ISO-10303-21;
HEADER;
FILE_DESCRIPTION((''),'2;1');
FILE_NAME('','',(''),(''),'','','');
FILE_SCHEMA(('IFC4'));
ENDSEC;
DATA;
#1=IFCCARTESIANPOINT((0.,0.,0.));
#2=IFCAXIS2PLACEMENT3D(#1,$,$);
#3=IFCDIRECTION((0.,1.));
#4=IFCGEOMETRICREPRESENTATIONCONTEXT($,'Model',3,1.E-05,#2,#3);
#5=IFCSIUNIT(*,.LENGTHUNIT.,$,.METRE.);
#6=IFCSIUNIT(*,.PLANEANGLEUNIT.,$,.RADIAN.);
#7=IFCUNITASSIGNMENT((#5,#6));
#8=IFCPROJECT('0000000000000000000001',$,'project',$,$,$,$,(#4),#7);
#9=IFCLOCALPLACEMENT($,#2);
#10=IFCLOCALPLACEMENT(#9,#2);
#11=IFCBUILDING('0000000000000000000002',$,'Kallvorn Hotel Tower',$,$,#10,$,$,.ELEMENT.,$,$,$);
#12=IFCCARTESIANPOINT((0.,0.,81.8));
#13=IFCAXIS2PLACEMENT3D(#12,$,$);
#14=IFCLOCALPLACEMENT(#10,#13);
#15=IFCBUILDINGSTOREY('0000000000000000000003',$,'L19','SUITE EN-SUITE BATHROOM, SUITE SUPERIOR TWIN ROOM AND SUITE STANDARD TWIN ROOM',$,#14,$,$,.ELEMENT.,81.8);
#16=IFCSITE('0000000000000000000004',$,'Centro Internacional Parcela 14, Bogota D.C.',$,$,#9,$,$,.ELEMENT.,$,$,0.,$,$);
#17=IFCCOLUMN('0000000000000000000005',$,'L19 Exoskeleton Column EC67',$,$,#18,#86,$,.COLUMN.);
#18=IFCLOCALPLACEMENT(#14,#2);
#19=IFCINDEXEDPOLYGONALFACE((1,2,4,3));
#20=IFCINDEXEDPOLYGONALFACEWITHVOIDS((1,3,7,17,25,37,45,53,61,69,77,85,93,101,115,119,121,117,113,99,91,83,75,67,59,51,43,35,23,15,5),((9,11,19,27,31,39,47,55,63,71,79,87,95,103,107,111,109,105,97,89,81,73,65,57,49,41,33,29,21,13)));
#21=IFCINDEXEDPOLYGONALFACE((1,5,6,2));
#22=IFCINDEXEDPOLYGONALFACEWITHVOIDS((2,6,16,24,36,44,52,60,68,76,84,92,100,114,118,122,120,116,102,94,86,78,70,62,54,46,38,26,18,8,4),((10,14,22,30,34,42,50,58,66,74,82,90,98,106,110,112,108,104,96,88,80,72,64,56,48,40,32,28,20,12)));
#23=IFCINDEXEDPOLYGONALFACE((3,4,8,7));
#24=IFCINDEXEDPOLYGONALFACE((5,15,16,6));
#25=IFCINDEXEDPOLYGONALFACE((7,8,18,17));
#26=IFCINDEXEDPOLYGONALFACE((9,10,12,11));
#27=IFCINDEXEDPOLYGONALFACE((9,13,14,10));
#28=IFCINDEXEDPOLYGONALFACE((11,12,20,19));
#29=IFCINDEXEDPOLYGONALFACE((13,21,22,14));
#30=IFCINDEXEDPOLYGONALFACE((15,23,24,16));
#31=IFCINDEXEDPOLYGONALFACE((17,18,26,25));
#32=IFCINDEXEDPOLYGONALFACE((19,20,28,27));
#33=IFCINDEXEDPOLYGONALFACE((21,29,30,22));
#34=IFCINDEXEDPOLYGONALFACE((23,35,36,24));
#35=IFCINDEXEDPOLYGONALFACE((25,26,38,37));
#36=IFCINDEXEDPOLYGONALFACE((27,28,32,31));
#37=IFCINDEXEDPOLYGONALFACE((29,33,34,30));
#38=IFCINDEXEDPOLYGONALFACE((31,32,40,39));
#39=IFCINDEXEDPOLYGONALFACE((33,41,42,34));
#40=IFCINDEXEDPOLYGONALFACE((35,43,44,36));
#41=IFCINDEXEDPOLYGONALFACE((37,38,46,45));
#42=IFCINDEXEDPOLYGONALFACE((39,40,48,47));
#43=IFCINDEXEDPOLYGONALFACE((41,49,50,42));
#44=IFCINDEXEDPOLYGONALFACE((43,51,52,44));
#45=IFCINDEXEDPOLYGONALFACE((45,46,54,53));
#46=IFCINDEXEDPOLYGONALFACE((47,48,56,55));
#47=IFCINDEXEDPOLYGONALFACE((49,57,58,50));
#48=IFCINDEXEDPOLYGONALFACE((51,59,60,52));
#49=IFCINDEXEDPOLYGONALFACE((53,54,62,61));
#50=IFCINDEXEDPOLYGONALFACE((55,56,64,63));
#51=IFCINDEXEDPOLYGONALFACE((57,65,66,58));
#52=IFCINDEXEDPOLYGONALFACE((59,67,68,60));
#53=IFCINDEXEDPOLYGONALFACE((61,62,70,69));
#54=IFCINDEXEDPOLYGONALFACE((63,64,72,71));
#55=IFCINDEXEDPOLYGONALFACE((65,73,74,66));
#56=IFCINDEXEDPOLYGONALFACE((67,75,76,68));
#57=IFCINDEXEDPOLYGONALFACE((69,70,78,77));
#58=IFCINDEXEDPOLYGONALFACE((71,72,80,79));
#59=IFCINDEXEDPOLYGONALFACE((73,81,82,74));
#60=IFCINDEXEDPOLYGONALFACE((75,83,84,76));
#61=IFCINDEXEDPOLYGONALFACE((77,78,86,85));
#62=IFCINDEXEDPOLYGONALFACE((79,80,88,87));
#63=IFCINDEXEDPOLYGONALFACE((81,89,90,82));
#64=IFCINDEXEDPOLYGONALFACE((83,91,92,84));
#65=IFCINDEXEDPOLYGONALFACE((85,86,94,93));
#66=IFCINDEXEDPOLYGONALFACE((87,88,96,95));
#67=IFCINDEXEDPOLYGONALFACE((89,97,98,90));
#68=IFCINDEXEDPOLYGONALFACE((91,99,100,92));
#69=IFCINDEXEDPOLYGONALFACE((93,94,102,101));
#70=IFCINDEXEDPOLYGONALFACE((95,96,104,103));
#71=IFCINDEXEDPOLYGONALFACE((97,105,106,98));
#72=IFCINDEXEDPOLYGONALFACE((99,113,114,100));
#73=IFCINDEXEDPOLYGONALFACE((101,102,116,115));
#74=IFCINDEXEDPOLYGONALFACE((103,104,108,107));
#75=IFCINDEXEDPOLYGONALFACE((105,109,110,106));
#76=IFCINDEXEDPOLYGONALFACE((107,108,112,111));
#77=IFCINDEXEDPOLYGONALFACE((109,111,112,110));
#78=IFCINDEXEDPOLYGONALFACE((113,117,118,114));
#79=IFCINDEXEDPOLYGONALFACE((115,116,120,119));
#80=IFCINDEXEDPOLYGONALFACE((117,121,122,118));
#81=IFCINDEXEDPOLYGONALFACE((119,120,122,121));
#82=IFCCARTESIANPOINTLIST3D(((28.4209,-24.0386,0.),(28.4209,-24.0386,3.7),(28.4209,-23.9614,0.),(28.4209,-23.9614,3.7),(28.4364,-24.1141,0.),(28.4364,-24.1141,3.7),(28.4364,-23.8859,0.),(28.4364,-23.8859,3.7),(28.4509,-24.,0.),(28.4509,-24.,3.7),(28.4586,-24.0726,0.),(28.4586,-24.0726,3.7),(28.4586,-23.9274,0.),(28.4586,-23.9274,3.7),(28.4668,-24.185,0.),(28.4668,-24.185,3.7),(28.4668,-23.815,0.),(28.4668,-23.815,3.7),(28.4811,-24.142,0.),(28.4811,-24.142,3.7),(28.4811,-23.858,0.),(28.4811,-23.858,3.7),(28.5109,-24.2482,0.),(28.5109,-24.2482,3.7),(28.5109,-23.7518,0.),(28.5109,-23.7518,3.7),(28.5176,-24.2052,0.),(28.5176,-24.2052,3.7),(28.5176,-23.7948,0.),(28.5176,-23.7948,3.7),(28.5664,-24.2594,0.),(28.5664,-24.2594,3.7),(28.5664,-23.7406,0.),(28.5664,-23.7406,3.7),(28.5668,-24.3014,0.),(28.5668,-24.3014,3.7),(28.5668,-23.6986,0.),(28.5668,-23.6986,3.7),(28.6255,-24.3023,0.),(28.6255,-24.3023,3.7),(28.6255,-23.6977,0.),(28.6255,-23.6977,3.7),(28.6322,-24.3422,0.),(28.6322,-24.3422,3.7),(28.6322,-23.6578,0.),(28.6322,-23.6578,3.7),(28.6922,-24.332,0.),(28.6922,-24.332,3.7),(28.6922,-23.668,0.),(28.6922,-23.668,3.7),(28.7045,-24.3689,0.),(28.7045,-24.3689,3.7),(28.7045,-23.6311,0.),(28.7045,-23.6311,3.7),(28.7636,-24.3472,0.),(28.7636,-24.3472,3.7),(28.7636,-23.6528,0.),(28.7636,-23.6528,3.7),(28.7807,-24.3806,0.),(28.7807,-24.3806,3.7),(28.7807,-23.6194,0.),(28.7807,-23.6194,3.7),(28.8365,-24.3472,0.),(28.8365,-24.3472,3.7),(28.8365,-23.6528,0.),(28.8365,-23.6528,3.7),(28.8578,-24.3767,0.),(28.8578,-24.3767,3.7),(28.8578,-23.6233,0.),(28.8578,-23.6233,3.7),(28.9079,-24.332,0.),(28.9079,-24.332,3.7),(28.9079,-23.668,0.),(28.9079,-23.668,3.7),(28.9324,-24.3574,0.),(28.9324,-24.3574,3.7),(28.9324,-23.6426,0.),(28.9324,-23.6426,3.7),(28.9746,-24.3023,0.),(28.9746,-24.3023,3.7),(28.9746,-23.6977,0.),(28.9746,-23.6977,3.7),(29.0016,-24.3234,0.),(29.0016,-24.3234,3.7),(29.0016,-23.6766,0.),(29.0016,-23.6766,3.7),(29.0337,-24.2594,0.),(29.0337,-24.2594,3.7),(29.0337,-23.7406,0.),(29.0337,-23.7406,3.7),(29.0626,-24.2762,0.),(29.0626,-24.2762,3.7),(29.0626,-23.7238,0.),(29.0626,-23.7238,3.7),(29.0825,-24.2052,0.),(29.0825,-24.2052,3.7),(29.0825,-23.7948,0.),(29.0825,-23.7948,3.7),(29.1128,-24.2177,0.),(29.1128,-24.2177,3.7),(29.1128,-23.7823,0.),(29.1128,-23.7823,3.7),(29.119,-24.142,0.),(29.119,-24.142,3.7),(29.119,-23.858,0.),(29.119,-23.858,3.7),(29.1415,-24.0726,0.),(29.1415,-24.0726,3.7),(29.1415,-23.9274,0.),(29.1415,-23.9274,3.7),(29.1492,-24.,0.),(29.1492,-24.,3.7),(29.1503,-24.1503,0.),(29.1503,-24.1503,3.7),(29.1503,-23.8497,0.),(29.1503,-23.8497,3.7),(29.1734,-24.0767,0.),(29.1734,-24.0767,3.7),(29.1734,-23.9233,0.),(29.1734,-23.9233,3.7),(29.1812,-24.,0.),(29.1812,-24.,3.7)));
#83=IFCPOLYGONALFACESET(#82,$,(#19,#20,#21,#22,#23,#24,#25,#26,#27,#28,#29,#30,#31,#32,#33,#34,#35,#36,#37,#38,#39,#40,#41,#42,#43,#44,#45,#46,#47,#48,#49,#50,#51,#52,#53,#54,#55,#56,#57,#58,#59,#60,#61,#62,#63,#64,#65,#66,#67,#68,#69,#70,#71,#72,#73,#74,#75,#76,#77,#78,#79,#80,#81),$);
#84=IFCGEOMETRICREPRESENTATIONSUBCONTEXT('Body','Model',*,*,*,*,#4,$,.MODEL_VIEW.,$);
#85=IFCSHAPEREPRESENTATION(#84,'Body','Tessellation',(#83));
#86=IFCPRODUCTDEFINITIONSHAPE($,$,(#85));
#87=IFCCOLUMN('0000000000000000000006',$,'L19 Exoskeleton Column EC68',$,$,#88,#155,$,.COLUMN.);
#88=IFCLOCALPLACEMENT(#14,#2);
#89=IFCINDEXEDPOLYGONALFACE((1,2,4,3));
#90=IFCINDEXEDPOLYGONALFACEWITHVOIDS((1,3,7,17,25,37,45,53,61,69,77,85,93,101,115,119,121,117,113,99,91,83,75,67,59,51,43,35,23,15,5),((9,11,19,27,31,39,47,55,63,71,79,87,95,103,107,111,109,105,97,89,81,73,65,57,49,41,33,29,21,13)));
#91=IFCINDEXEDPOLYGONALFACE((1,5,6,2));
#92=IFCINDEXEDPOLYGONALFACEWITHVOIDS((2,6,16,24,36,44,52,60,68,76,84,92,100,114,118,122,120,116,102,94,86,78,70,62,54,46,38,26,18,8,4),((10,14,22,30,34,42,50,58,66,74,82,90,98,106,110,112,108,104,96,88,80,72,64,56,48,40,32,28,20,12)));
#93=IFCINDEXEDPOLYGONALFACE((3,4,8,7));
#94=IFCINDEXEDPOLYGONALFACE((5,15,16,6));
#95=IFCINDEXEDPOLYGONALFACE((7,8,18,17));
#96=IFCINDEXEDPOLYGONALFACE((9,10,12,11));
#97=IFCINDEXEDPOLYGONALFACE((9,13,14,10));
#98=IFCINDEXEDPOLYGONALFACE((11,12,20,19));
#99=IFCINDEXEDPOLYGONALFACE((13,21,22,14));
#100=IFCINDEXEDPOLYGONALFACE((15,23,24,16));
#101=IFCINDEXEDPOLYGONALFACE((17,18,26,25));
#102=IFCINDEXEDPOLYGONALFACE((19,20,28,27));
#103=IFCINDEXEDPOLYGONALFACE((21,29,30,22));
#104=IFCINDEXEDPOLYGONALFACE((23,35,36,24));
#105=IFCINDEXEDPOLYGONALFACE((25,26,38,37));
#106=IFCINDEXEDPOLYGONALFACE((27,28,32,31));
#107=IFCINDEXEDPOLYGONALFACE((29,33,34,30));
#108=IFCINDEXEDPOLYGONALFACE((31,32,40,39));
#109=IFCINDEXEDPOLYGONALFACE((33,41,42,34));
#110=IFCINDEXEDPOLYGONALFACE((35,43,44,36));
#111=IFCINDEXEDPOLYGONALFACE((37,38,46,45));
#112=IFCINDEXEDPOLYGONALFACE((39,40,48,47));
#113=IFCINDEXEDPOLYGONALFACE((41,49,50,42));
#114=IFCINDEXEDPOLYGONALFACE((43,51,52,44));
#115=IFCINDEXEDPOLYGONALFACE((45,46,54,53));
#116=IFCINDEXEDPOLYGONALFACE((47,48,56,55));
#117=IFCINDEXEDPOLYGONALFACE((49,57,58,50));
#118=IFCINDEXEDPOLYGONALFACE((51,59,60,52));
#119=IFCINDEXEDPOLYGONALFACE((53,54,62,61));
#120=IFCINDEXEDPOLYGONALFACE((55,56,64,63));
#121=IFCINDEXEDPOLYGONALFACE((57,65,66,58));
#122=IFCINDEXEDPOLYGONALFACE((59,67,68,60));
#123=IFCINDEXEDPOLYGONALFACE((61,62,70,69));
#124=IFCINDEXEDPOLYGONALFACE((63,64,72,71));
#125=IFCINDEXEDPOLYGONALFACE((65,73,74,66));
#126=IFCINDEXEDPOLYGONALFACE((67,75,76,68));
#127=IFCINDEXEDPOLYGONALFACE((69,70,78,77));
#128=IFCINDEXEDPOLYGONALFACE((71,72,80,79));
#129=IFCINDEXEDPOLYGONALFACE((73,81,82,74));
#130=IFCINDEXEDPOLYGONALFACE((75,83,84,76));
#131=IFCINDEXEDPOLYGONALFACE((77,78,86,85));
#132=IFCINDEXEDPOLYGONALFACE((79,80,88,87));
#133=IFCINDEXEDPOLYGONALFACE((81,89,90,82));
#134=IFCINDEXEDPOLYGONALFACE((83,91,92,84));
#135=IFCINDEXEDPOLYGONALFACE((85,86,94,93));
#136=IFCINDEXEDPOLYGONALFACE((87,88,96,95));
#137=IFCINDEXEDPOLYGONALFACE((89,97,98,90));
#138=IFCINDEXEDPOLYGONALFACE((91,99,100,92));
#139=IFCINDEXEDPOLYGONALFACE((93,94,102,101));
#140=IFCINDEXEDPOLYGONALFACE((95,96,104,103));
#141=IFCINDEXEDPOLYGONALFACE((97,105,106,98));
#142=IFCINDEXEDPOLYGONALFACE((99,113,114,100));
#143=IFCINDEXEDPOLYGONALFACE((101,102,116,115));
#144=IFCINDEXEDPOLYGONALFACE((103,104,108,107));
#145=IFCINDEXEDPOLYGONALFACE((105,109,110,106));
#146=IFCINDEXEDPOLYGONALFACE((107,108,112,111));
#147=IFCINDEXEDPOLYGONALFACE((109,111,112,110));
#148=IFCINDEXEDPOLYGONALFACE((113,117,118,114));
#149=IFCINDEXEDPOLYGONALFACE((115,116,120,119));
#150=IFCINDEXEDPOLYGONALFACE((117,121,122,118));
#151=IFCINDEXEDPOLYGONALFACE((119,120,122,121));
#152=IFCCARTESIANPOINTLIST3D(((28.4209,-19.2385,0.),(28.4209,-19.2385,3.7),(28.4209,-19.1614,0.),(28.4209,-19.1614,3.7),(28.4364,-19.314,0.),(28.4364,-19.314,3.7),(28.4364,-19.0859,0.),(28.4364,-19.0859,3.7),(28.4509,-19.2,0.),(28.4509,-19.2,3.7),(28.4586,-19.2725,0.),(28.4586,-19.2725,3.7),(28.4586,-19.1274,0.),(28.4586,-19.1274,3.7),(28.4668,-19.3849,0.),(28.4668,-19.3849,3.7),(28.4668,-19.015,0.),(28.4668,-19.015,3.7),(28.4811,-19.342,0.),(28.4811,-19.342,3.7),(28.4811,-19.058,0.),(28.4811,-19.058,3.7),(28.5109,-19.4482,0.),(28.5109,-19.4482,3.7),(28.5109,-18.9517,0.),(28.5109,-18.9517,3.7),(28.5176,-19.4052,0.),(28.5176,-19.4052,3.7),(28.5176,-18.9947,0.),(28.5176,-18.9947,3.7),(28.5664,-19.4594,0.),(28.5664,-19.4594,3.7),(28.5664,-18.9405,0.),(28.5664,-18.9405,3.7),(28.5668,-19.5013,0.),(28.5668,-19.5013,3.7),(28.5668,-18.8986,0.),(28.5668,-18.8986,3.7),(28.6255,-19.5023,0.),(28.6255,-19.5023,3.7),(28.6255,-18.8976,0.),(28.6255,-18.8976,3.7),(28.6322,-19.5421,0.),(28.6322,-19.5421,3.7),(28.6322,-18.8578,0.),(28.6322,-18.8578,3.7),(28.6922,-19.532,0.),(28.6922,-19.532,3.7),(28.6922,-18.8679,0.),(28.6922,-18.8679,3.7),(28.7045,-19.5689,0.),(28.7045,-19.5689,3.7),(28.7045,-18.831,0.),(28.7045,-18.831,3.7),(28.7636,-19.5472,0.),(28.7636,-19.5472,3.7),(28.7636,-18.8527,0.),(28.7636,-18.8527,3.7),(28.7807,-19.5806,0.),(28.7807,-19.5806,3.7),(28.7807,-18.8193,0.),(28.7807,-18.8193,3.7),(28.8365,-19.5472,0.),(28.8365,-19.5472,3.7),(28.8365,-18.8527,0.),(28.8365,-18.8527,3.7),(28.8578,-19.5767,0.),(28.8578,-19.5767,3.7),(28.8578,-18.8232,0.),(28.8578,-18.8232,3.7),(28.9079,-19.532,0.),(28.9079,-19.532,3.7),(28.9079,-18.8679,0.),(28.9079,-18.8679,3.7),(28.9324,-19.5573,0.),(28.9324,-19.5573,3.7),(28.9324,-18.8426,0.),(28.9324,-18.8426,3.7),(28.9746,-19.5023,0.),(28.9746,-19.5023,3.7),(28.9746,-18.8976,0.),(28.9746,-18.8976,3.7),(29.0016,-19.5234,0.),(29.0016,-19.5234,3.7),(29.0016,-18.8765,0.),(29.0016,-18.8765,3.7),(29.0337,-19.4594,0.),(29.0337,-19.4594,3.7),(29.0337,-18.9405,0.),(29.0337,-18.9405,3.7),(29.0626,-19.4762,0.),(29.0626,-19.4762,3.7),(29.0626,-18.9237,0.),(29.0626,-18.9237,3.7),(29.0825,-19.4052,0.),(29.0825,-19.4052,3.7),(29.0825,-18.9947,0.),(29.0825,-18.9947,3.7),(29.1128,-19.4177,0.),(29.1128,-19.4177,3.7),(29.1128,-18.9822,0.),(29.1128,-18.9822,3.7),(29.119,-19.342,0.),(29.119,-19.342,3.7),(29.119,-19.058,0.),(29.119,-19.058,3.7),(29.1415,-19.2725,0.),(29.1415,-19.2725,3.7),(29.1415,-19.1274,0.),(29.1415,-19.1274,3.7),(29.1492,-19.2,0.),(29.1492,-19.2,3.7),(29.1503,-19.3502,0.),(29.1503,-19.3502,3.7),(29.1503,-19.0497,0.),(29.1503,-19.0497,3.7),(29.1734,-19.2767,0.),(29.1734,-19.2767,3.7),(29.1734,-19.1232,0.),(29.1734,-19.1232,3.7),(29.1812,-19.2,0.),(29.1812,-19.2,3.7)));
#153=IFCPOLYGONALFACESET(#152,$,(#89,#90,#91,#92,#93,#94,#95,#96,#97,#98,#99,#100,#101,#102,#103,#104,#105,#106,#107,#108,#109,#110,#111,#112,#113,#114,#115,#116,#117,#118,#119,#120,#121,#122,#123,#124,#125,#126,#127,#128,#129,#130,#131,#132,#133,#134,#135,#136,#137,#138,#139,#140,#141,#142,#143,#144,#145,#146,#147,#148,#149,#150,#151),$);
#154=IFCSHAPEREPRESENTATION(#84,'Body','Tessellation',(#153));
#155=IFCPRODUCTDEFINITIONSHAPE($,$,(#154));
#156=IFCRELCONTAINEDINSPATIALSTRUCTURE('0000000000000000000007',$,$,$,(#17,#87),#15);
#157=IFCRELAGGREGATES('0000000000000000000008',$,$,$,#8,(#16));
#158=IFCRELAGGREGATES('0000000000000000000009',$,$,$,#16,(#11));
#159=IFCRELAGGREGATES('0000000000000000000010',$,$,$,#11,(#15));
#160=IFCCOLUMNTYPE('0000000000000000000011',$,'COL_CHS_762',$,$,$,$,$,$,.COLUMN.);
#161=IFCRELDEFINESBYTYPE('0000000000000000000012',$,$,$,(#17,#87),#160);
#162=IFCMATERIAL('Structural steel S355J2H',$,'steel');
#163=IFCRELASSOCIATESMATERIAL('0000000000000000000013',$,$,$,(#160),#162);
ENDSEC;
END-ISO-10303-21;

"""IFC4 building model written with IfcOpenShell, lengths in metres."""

from ifc_helpers import new_model, si_unit, direction, frame, origin, origin_2d, place, context, subcontext, project, spatial, hollow_circle, extrude, material, material_profile, profile_set, type_object, element, save


model = new_model("IFC4")

# Units and contexts
model_context = context("Model", 3, precision=1e-05, world=origin(), true_north=direction((0.0, 1.0)))
body_context = subcontext(model_context, "Body", "Model", "MODEL_VIEW")
ifc_project = project(units=[si_unit("LENGTHUNIT", "METRE"), si_unit("PLANEANGLEUNIT", "RADIAN")], contexts=[model_context])

# Site, building, storey
site_placement = place(None, origin())
site = spatial("IfcSite", under=ifc_project, at=site_placement, Name="Centro Internacional Parcela 14, Bogota D.C.", CompositionType="ELEMENT", RefElevation=0.0)
building_placement = place(site_placement, origin())
building = spatial("IfcBuilding", under=site, at=building_placement, Name="Kallvorn Hotel Tower", CompositionType="ELEMENT")
storey_placement = place(building_placement, frame((0.0, 0.0, 81.8)))
storey = spatial("IfcBuildingStorey", under=building, at=storey_placement, Name="L19", Description="SUITE EN-SUITE BATHROOM, SUITE SUPERIOR TWIN ROOM AND SUITE STANDARD TWIN ROOM", CompositionType="ELEMENT", Elevation=81.8)

# Columns
ifc_material_1 = material(Name="Structural steel S355J2H", Category="steel")
ifc_material_profile_1 = material_profile(ifc_material_1, hollow_circle(Radius=0.3811, WallThickness=0.032, at=origin_2d()), Name="CHS 762x32")
ifc_profile_set_1 = profile_set([ifc_material_profile_1], Name="Structural steel S355J2H")
column_type = type_object("IfcColumnType", Name="COL_CHS_762", PredefinedType="COLUMN", material=ifc_profile_set_1)
for number, where, z_axis, x_axis, name in (
    (1, (28.8, -24.0, 0.0), (0.0, 0.0, 1.0), (1.0, 0.0, 0.0), "L19 Exoskeleton Column EC67"),
    (2, (28.8, -19.2, 0.0), (0.0, 0.0, 1.0), (1.0, 0.0, 0.0), "L19 Exoskeleton Column EC68"),
):
    element("IfcColumn", number, at=place(storey_placement, frame(where, z_axis=z_axis, x_axis=x_axis)), inside=storey, type_object=column_type, Name=name, PredefinedType="COLUMN", context=body_context, shape_type="SweptSolid", body=[
        extrude(hollow_circle(Radius=0.3811, WallThickness=0.032, at=origin_2d()), origin(), (0.0, 0.0, 1.0), 3.7),
    ])

save(model, "model.ifc")
